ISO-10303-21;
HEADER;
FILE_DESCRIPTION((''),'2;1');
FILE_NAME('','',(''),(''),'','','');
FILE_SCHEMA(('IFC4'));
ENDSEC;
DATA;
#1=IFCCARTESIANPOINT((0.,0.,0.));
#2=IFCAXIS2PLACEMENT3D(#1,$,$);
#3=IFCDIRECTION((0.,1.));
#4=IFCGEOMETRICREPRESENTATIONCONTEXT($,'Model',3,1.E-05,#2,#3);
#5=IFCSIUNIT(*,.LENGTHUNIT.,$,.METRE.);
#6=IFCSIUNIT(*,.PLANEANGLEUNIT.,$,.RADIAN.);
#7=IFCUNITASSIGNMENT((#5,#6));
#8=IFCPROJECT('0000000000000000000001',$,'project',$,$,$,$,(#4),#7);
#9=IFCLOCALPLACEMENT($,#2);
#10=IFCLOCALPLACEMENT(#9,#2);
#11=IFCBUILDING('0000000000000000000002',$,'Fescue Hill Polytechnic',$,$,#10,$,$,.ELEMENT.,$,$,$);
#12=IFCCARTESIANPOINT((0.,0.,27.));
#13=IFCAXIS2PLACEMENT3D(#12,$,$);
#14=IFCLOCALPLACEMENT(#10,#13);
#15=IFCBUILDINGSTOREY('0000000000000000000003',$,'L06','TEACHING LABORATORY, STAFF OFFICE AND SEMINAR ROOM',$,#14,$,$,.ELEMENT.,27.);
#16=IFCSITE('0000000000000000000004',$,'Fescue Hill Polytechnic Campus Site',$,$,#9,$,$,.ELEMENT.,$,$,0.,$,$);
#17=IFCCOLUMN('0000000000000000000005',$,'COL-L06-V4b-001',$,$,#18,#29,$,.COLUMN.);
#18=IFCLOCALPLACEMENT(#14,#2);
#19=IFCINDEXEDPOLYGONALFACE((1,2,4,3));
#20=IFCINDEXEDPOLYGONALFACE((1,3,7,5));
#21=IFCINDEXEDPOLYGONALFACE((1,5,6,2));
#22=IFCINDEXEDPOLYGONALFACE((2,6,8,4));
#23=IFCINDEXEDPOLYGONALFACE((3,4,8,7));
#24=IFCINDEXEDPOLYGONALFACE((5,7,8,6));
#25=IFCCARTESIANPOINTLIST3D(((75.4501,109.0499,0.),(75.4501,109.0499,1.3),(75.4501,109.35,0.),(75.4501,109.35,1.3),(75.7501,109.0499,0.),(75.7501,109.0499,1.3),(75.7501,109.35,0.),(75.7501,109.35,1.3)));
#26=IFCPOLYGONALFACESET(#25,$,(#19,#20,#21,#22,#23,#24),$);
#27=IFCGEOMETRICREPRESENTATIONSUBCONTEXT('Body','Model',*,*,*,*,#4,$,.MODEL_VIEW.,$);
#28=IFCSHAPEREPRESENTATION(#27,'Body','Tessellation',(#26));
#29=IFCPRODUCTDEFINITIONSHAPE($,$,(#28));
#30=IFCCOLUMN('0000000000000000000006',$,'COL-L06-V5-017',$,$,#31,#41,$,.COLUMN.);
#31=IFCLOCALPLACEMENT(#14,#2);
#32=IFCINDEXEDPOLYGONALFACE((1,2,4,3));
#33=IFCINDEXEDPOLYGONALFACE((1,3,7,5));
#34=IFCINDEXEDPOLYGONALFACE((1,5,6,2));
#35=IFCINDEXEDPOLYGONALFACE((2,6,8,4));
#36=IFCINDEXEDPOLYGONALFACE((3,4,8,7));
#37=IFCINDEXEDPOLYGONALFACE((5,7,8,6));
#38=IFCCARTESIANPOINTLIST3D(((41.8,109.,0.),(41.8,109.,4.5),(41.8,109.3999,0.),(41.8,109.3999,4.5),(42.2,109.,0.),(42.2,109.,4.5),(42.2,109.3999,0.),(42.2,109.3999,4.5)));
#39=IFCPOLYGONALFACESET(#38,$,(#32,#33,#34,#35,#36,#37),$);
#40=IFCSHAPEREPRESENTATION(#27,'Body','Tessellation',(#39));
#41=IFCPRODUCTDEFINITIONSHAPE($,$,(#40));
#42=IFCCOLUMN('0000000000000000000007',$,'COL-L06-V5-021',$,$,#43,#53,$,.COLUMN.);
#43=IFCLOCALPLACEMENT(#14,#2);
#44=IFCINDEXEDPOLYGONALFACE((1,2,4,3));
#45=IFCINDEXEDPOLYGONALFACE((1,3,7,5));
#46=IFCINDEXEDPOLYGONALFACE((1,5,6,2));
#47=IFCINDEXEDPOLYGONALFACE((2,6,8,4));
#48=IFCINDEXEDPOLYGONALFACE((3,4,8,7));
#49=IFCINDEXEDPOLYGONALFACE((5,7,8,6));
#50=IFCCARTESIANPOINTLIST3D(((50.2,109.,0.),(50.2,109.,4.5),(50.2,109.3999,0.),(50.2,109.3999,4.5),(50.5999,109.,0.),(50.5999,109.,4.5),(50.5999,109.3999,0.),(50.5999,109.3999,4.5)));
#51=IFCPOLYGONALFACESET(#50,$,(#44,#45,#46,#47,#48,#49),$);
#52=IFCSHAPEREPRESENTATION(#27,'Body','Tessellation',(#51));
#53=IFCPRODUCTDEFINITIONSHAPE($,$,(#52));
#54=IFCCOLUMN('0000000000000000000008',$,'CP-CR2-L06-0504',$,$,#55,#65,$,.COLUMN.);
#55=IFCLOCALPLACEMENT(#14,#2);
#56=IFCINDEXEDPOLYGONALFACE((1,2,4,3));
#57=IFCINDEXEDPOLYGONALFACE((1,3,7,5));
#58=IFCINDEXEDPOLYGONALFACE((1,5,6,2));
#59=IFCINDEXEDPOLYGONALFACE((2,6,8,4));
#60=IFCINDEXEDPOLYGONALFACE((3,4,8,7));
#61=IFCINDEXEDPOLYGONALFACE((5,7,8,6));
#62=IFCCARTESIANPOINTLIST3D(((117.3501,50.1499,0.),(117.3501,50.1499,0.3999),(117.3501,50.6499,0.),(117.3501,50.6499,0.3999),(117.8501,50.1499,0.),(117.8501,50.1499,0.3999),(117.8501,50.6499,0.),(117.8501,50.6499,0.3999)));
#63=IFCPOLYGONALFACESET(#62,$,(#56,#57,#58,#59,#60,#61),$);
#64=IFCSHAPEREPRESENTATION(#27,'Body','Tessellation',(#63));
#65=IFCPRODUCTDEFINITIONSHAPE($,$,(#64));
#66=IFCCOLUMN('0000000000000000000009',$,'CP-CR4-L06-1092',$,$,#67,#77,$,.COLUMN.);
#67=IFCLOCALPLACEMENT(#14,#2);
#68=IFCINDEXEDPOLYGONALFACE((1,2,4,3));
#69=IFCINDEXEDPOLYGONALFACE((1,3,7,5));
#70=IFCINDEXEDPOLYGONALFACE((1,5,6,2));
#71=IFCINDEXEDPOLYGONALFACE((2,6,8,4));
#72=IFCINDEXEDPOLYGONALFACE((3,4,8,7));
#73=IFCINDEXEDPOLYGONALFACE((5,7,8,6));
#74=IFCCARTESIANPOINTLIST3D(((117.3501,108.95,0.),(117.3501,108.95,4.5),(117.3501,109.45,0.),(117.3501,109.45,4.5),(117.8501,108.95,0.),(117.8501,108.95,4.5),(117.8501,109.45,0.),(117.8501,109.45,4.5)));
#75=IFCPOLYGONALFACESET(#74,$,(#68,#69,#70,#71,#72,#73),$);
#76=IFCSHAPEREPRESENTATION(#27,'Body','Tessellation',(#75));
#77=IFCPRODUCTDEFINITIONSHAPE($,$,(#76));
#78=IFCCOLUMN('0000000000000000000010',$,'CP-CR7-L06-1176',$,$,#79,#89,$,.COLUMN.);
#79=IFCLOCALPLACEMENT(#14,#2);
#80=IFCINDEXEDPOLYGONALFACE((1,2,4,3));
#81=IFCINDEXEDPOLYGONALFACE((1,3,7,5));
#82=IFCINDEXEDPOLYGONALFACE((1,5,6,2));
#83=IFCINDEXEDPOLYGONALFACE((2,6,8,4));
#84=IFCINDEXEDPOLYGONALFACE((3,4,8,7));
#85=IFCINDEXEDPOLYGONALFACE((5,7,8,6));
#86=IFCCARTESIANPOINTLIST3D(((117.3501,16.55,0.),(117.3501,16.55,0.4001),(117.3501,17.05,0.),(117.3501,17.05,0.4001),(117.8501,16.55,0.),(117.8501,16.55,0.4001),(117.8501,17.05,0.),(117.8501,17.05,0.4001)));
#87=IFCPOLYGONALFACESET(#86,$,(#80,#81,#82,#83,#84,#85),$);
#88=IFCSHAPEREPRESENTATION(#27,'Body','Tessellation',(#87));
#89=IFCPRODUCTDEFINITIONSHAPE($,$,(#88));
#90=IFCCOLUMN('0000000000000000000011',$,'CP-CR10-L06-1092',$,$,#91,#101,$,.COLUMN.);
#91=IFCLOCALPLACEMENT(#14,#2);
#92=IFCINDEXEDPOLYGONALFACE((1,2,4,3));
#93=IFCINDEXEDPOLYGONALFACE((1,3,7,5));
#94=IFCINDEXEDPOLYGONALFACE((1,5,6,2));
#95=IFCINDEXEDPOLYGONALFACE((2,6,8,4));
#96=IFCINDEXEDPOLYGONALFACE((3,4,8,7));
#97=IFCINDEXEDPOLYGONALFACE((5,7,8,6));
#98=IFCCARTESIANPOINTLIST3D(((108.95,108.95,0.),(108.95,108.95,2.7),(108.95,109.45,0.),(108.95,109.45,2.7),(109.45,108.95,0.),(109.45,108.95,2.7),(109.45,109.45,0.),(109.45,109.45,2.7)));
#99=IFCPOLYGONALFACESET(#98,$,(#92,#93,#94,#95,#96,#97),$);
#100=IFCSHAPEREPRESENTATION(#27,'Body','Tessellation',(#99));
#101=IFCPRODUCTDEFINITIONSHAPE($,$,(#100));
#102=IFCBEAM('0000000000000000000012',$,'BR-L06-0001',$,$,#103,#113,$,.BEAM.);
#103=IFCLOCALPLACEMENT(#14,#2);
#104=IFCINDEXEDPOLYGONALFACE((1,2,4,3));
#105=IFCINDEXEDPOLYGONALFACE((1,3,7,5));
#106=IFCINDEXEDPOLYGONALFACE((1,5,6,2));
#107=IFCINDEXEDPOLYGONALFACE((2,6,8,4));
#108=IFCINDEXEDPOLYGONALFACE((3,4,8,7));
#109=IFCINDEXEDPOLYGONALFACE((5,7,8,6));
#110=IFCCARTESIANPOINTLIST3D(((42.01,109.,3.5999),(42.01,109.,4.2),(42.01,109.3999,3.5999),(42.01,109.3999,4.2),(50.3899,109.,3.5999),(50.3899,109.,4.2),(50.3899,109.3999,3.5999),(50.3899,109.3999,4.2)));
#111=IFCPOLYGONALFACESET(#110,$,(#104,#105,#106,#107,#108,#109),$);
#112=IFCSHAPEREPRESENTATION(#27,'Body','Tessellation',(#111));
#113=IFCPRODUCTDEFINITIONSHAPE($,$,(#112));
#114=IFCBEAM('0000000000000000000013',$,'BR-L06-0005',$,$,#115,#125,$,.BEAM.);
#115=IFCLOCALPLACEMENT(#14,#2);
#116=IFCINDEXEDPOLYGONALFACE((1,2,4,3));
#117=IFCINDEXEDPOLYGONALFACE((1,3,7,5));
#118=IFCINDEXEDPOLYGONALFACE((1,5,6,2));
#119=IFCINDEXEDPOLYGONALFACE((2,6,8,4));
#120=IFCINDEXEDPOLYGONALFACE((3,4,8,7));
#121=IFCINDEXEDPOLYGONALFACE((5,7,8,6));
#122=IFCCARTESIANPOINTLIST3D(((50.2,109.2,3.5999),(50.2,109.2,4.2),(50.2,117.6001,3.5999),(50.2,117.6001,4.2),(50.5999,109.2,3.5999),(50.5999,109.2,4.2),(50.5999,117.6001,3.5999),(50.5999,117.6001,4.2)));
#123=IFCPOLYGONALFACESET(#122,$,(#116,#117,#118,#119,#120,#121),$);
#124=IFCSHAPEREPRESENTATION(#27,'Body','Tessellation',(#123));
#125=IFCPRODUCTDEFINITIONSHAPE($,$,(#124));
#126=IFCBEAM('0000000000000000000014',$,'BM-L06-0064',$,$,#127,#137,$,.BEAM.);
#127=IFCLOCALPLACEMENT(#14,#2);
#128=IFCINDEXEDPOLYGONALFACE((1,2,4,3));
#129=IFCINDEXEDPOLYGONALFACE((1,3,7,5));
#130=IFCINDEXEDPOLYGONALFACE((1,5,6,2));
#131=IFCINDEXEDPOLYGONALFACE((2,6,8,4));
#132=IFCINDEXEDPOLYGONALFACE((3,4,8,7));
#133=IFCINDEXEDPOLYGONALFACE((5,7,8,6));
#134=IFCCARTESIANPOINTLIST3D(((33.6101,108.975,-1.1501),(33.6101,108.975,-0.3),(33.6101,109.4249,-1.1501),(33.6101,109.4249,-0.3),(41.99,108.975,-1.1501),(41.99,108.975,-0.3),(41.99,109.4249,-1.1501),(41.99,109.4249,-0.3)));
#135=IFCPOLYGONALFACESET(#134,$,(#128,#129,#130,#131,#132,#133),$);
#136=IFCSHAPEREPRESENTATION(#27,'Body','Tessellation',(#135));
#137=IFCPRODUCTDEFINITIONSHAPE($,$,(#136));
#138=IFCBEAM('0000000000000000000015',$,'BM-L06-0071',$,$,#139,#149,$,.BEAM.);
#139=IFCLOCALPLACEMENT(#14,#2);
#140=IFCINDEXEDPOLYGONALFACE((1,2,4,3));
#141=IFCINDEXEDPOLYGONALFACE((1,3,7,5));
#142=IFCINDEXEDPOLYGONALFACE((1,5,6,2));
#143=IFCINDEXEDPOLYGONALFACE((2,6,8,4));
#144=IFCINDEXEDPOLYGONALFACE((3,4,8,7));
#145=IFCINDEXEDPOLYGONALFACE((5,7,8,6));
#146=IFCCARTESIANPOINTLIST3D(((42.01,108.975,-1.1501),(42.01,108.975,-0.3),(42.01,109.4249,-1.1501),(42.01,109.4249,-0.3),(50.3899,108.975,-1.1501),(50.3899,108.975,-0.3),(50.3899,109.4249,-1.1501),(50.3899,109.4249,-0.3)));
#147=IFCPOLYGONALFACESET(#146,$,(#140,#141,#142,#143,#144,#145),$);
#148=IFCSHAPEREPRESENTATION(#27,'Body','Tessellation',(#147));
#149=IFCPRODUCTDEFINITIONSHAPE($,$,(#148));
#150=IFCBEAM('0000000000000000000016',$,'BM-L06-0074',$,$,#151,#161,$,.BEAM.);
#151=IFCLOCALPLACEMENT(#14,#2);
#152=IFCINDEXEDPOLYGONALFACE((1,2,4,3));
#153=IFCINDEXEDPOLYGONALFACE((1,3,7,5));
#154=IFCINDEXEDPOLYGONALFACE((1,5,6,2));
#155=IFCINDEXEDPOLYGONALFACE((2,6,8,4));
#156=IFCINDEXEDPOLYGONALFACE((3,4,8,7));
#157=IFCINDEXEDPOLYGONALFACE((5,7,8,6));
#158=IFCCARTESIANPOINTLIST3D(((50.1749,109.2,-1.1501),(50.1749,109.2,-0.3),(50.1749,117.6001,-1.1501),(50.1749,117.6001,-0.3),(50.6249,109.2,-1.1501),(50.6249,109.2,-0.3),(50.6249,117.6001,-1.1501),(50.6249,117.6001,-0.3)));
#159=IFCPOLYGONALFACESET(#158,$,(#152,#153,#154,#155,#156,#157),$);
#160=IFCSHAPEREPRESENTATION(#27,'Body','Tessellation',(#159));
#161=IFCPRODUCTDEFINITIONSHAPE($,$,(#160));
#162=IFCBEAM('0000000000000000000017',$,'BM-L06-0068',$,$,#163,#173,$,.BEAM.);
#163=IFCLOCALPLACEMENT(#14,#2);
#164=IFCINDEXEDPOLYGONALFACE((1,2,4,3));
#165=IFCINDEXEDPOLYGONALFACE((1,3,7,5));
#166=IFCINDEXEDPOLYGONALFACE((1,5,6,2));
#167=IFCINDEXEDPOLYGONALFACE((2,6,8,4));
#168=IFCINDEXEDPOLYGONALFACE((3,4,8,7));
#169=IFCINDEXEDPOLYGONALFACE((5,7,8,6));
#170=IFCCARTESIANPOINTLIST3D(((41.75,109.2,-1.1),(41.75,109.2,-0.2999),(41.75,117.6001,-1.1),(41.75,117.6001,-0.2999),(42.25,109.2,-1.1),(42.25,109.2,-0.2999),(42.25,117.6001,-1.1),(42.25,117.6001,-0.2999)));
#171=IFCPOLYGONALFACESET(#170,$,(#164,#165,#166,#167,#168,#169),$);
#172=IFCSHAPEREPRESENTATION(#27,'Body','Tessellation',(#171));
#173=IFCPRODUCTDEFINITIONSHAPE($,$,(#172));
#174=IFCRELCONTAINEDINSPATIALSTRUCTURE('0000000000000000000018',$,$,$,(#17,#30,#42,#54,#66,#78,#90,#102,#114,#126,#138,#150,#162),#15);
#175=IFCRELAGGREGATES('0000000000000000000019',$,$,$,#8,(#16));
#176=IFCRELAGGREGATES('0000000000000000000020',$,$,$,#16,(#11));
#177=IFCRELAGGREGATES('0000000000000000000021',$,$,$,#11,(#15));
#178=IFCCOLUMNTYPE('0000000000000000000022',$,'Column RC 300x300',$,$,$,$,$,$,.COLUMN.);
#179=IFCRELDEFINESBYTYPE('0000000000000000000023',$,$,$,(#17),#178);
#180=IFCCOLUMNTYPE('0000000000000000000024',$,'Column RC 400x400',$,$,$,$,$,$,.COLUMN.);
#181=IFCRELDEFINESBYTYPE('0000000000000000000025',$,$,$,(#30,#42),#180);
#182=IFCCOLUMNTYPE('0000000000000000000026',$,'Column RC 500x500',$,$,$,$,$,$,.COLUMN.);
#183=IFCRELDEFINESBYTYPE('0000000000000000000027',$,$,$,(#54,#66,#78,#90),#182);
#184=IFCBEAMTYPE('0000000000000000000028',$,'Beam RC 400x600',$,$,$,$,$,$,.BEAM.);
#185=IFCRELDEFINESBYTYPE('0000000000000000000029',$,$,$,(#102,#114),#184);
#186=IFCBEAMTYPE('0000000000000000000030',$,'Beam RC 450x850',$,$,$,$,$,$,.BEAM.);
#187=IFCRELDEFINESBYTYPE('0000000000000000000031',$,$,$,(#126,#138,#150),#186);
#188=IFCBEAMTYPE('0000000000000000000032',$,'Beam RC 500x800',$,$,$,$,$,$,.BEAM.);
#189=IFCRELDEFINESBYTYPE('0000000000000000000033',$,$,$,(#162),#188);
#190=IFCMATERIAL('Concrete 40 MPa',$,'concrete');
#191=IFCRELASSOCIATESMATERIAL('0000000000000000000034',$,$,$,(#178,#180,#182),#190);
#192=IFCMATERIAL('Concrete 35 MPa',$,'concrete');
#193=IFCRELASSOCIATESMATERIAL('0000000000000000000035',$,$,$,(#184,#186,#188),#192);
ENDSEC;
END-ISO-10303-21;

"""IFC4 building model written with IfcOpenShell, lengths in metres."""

from ifc_helpers import new_model, si_unit, direction, frame, origin, origin_2d, place, context, subcontext, project, spatial, rectangle, extrude, material, material_profile, profile_set, type_object, element, save


model = new_model("IFC4")

# Units and contexts
model_context = context("Model", 3, precision=1e-05, world=origin(), true_north=direction((0.0, 1.0)))
body_context = subcontext(model_context, "Body", "Model", "MODEL_VIEW")
ifc_project = project(units=[si_unit("LENGTHUNIT", "METRE"), si_unit("PLANEANGLEUNIT", "RADIAN")], contexts=[model_context])

# Site, building, storey
site_placement = place(None, origin())
site = spatial("IfcSite", under=ifc_project, at=site_placement, Name="Fescue Hill Polytechnic Campus Site", CompositionType="ELEMENT", RefElevation=0.0)
building_placement = place(site_placement, origin())
building = spatial("IfcBuilding", under=site, at=building_placement, Name="Fescue Hill Polytechnic", CompositionType="ELEMENT")
storey_placement = place(building_placement, frame((0.0, 0.0, 27.0)))
storey = spatial("IfcBuildingStorey", under=building, at=storey_placement, Name="L06", Description="TEACHING LABORATORY, STAFF OFFICE AND SEMINAR ROOM", CompositionType="ELEMENT", Elevation=27.0)

# Columns
ifc_material_1 = material(Name="Concrete 40 MPa", Category="concrete")
ifc_material_profile_1 = material_profile(ifc_material_1, rectangle(XDim=0.3, YDim=0.3, at=origin_2d()), Name="RC 300x300")
ifc_profile_set_1 = profile_set([ifc_material_profile_1], Name="Concrete 40 MPa")
column_type_1 = type_object("IfcColumnType", Name="Column RC 300x300", PredefinedType="COLUMN", material=ifc_profile_set_1)
column_1_placement = place(storey_placement, frame((75.6001, 109.2, 0.0), z_axis=(0.0, 0.0, 1.0), x_axis=(1.0, 0.0, 0.0)))
element("IfcColumn", 1, at=column_1_placement, inside=storey, type_object=column_type_1, Name="COL-L06-V4b-001", PredefinedType="COLUMN", context=body_context, shape_type="SweptSolid", body=[
    extrude(rectangle(XDim=0.3, YDim=0.3, at=origin_2d()), origin(), (0.0, 0.0, 1.0), 1.3),
])
ifc_material_profile_2 = material_profile(ifc_material_1, rectangle(XDim=0.3999, YDim=0.3999, at=origin_2d()), Name="RC 400x400")
ifc_profile_set_2 = profile_set([ifc_material_profile_2], Name="Concrete 40 MPa")
column_type_2 = type_object("IfcColumnType", Name="Column RC 400x400", PredefinedType="COLUMN", material=ifc_profile_set_2)
for number, where, z_axis, x_axis, name in (
    (2, (42.0, 109.2, 0.0), (0.0, 0.0, 1.0), (1.0, 0.0, 0.0), "COL-L06-V5-017"),
    (3, (50.3999, 109.2, 0.0), (0.0, 0.0, 1.0), (1.0, 0.0, 0.0), "COL-L06-V5-021"),
):
    element("IfcColumn", number, at=place(storey_placement, frame(where, z_axis=z_axis, x_axis=x_axis)), inside=storey, type_object=column_type_2, Name=name, PredefinedType="COLUMN", context=body_context, shape_type="SweptSolid", body=[
        extrude(rectangle(XDim=0.3999, YDim=0.3999, at=origin_2d()), origin(), (0.0, 0.0, 1.0), 4.5),
    ])
ifc_material_profile_3 = material_profile(ifc_material_1, rectangle(XDim=0.5, YDim=0.5, at=origin_2d()), Name="RC 500x500")
ifc_profile_set_3 = profile_set([ifc_material_profile_3], Name="Concrete 40 MPa")
column_type_3 = type_object("IfcColumnType", Name="Column RC 500x500", PredefinedType="COLUMN", material=ifc_profile_set_3)
column_2_placement = place(storey_placement, frame((117.6001, 50.3999, 0.0), z_axis=(0.0, 0.0, 1.0), x_axis=(1.0, 0.0, 0.0)))
element("IfcColumn", 4, at=column_2_placement, inside=storey, type_object=column_type_3, Name="CP-CR2-L06-0504", PredefinedType="COLUMN", context=body_context, shape_type="SweptSolid", body=[
    extrude(rectangle(XDim=0.5, YDim=0.5, at=origin_2d()), origin(), (0.0, 0.0, 1.0), 0.3999),
])
column_3_placement = place(storey_placement, frame((117.6001, 109.2, 0.0), z_axis=(0.0, 0.0, 1.0), x_axis=(1.0, 0.0, 0.0)))
element("IfcColumn", 5, at=column_3_placement, inside=storey, type_object=column_type_3, Name="CP-CR4-L06-1092", PredefinedType="COLUMN", context=body_context, shape_type="SweptSolid", body=[
    extrude(rectangle(XDim=0.5, YDim=0.5, at=origin_2d()), origin(), (0.0, 0.0, 1.0), 4.5),
])
column_4_placement = place(storey_placement, frame((117.6001, 16.8, 0.0), z_axis=(0.0, 0.0, 1.0), x_axis=(1.0, 0.0, 0.0)))
element("IfcColumn", 6, at=column_4_placement, inside=storey, type_object=column_type_3, Name="CP-CR7-L06-1176", PredefinedType="COLUMN", context=body_context, shape_type="SweptSolid", body=[
    extrude(rectangle(XDim=0.5, YDim=0.5, at=origin_2d()), origin(), (0.0, 0.0, 1.0), 0.4001),
])
column_5_placement = place(storey_placement, frame((109.2, 109.2, 0.0), z_axis=(0.0, 0.0, 1.0), x_axis=(1.0, 0.0, 0.0)))
element("IfcColumn", 7, at=column_5_placement, inside=storey, type_object=column_type_3, Name="CP-CR10-L06-1092", PredefinedType="COLUMN", context=body_context, shape_type="SweptSolid", body=[
    extrude(rectangle(XDim=0.5, YDim=0.5, at=origin_2d()), origin(), (0.0, 0.0, 1.0), 2.7),
])

# Beams
ifc_material_2 = material(Name="Concrete 35 MPa", Category="concrete")
ifc_material_profile_4 = material_profile(ifc_material_2, rectangle(XDim=0.3999, YDim=0.6001, at=origin_2d()), Name="RC 400x600")
ifc_profile_set_4 = profile_set([ifc_material_profile_4], Name="Concrete 35 MPa")
beam_type_1 = type_object("IfcBeamType", Name="Beam RC 400x600", PredefinedType="BEAM", material=ifc_profile_set_4)
beam_1_placement = place(storey_placement, frame((42.01, 109.2, 3.8999), z_axis=(1.0, 0.0, 0.0), x_axis=(0.0, 1.0, 0.0)))
element("IfcBeam", 8, at=beam_1_placement, inside=storey, type_object=beam_type_1, Name="BR-L06-0001", PredefinedType="BEAM", context=body_context, shape_type="SweptSolid", body=[
    extrude(rectangle(XDim=0.3999, YDim=0.6001, at=origin_2d()), origin(), (0.0, 0.0, 1.0), 8.3799),
])
beam_2_placement = place(storey_placement, frame((50.3999, 109.2, 3.8999), z_axis=(0.0, 1.0, 0.0), x_axis=(-1.0, 0.0, 0.0)))
element("IfcBeam", 9, at=beam_2_placement, inside=storey, type_object=beam_type_1, Name="BR-L06-0005", PredefinedType="BEAM", context=body_context, shape_type="SweptSolid", body=[
    extrude(rectangle(XDim=0.3999, YDim=0.6001, at=origin_2d()), origin(), (0.0, 0.0, 1.0), 8.4001),
])
ifc_material_profile_5 = material_profile(ifc_material_2, rectangle(XDim=0.45, YDim=0.8501, at=origin_2d()), Name="RC 450x850")
ifc_profile_set_5 = profile_set([ifc_material_profile_5], Name="Concrete 35 MPa")
beam_type_2 = type_object("IfcBeamType", Name="Beam RC 450x850", PredefinedType="BEAM", material=ifc_profile_set_5)
for number, where, z_axis, x_axis, name in (
    (10, (33.6101, 109.2, -0.7251), (1.0, 0.0, 0.0), (0.0, 1.0, 0.0), "BM-L06-0064"),
    (11, (42.01, 109.2, -0.7251), (1.0, 0.0, 0.0), (0.0, 1.0, 0.0), "BM-L06-0071"),
):
    element("IfcBeam", number, at=place(storey_placement, frame(where, z_axis=z_axis, x_axis=x_axis)), inside=storey, type_object=beam_type_2, Name=name, PredefinedType="BEAM", context=body_context, shape_type="SweptSolid", body=[
        extrude(rectangle(XDim=0.45, YDim=0.8501, at=origin_2d()), origin(), (0.0, 0.0, 1.0), 8.3799),
    ])
beam_3_placement = place(storey_placement, frame((50.3999, 109.2, -0.7251), z_axis=(0.0, 1.0, 0.0), x_axis=(-1.0, 0.0, 0.0)))
element("IfcBeam", 12, at=beam_3_placement, inside=storey, type_object=beam_type_2, Name="BM-L06-0074", PredefinedType="BEAM", context=body_context, shape_type="SweptSolid", body=[
    extrude(rectangle(XDim=0.45, YDim=0.8501, at=origin_2d()), origin(), (0.0, 0.0, 1.0), 8.4001),
])
ifc_material_profile_6 = material_profile(ifc_material_2, rectangle(XDim=0.5, YDim=0.8, at=origin_2d()), Name="RC 500x800")
ifc_profile_set_6 = profile_set([ifc_material_profile_6], Name="Concrete 35 MPa")
beam_type_3 = type_object("IfcBeamType", Name="Beam RC 500x800", PredefinedType="BEAM", material=ifc_profile_set_6)
beam_4_placement = place(storey_placement, frame((42.0, 109.2, -0.7), z_axis=(0.0, 1.0, 0.0), x_axis=(-1.0, 0.0, 0.0)))
element("IfcBeam", 13, at=beam_4_placement, inside=storey, type_object=beam_type_3, Name="BM-L06-0068", PredefinedType="BEAM", context=body_context, shape_type="SweptSolid", body=[
    extrude(rectangle(XDim=0.5, YDim=0.8, at=origin_2d()), origin(), (0.0, 0.0, 1.0), 8.4001),
])

save(model, "model.ifc")
